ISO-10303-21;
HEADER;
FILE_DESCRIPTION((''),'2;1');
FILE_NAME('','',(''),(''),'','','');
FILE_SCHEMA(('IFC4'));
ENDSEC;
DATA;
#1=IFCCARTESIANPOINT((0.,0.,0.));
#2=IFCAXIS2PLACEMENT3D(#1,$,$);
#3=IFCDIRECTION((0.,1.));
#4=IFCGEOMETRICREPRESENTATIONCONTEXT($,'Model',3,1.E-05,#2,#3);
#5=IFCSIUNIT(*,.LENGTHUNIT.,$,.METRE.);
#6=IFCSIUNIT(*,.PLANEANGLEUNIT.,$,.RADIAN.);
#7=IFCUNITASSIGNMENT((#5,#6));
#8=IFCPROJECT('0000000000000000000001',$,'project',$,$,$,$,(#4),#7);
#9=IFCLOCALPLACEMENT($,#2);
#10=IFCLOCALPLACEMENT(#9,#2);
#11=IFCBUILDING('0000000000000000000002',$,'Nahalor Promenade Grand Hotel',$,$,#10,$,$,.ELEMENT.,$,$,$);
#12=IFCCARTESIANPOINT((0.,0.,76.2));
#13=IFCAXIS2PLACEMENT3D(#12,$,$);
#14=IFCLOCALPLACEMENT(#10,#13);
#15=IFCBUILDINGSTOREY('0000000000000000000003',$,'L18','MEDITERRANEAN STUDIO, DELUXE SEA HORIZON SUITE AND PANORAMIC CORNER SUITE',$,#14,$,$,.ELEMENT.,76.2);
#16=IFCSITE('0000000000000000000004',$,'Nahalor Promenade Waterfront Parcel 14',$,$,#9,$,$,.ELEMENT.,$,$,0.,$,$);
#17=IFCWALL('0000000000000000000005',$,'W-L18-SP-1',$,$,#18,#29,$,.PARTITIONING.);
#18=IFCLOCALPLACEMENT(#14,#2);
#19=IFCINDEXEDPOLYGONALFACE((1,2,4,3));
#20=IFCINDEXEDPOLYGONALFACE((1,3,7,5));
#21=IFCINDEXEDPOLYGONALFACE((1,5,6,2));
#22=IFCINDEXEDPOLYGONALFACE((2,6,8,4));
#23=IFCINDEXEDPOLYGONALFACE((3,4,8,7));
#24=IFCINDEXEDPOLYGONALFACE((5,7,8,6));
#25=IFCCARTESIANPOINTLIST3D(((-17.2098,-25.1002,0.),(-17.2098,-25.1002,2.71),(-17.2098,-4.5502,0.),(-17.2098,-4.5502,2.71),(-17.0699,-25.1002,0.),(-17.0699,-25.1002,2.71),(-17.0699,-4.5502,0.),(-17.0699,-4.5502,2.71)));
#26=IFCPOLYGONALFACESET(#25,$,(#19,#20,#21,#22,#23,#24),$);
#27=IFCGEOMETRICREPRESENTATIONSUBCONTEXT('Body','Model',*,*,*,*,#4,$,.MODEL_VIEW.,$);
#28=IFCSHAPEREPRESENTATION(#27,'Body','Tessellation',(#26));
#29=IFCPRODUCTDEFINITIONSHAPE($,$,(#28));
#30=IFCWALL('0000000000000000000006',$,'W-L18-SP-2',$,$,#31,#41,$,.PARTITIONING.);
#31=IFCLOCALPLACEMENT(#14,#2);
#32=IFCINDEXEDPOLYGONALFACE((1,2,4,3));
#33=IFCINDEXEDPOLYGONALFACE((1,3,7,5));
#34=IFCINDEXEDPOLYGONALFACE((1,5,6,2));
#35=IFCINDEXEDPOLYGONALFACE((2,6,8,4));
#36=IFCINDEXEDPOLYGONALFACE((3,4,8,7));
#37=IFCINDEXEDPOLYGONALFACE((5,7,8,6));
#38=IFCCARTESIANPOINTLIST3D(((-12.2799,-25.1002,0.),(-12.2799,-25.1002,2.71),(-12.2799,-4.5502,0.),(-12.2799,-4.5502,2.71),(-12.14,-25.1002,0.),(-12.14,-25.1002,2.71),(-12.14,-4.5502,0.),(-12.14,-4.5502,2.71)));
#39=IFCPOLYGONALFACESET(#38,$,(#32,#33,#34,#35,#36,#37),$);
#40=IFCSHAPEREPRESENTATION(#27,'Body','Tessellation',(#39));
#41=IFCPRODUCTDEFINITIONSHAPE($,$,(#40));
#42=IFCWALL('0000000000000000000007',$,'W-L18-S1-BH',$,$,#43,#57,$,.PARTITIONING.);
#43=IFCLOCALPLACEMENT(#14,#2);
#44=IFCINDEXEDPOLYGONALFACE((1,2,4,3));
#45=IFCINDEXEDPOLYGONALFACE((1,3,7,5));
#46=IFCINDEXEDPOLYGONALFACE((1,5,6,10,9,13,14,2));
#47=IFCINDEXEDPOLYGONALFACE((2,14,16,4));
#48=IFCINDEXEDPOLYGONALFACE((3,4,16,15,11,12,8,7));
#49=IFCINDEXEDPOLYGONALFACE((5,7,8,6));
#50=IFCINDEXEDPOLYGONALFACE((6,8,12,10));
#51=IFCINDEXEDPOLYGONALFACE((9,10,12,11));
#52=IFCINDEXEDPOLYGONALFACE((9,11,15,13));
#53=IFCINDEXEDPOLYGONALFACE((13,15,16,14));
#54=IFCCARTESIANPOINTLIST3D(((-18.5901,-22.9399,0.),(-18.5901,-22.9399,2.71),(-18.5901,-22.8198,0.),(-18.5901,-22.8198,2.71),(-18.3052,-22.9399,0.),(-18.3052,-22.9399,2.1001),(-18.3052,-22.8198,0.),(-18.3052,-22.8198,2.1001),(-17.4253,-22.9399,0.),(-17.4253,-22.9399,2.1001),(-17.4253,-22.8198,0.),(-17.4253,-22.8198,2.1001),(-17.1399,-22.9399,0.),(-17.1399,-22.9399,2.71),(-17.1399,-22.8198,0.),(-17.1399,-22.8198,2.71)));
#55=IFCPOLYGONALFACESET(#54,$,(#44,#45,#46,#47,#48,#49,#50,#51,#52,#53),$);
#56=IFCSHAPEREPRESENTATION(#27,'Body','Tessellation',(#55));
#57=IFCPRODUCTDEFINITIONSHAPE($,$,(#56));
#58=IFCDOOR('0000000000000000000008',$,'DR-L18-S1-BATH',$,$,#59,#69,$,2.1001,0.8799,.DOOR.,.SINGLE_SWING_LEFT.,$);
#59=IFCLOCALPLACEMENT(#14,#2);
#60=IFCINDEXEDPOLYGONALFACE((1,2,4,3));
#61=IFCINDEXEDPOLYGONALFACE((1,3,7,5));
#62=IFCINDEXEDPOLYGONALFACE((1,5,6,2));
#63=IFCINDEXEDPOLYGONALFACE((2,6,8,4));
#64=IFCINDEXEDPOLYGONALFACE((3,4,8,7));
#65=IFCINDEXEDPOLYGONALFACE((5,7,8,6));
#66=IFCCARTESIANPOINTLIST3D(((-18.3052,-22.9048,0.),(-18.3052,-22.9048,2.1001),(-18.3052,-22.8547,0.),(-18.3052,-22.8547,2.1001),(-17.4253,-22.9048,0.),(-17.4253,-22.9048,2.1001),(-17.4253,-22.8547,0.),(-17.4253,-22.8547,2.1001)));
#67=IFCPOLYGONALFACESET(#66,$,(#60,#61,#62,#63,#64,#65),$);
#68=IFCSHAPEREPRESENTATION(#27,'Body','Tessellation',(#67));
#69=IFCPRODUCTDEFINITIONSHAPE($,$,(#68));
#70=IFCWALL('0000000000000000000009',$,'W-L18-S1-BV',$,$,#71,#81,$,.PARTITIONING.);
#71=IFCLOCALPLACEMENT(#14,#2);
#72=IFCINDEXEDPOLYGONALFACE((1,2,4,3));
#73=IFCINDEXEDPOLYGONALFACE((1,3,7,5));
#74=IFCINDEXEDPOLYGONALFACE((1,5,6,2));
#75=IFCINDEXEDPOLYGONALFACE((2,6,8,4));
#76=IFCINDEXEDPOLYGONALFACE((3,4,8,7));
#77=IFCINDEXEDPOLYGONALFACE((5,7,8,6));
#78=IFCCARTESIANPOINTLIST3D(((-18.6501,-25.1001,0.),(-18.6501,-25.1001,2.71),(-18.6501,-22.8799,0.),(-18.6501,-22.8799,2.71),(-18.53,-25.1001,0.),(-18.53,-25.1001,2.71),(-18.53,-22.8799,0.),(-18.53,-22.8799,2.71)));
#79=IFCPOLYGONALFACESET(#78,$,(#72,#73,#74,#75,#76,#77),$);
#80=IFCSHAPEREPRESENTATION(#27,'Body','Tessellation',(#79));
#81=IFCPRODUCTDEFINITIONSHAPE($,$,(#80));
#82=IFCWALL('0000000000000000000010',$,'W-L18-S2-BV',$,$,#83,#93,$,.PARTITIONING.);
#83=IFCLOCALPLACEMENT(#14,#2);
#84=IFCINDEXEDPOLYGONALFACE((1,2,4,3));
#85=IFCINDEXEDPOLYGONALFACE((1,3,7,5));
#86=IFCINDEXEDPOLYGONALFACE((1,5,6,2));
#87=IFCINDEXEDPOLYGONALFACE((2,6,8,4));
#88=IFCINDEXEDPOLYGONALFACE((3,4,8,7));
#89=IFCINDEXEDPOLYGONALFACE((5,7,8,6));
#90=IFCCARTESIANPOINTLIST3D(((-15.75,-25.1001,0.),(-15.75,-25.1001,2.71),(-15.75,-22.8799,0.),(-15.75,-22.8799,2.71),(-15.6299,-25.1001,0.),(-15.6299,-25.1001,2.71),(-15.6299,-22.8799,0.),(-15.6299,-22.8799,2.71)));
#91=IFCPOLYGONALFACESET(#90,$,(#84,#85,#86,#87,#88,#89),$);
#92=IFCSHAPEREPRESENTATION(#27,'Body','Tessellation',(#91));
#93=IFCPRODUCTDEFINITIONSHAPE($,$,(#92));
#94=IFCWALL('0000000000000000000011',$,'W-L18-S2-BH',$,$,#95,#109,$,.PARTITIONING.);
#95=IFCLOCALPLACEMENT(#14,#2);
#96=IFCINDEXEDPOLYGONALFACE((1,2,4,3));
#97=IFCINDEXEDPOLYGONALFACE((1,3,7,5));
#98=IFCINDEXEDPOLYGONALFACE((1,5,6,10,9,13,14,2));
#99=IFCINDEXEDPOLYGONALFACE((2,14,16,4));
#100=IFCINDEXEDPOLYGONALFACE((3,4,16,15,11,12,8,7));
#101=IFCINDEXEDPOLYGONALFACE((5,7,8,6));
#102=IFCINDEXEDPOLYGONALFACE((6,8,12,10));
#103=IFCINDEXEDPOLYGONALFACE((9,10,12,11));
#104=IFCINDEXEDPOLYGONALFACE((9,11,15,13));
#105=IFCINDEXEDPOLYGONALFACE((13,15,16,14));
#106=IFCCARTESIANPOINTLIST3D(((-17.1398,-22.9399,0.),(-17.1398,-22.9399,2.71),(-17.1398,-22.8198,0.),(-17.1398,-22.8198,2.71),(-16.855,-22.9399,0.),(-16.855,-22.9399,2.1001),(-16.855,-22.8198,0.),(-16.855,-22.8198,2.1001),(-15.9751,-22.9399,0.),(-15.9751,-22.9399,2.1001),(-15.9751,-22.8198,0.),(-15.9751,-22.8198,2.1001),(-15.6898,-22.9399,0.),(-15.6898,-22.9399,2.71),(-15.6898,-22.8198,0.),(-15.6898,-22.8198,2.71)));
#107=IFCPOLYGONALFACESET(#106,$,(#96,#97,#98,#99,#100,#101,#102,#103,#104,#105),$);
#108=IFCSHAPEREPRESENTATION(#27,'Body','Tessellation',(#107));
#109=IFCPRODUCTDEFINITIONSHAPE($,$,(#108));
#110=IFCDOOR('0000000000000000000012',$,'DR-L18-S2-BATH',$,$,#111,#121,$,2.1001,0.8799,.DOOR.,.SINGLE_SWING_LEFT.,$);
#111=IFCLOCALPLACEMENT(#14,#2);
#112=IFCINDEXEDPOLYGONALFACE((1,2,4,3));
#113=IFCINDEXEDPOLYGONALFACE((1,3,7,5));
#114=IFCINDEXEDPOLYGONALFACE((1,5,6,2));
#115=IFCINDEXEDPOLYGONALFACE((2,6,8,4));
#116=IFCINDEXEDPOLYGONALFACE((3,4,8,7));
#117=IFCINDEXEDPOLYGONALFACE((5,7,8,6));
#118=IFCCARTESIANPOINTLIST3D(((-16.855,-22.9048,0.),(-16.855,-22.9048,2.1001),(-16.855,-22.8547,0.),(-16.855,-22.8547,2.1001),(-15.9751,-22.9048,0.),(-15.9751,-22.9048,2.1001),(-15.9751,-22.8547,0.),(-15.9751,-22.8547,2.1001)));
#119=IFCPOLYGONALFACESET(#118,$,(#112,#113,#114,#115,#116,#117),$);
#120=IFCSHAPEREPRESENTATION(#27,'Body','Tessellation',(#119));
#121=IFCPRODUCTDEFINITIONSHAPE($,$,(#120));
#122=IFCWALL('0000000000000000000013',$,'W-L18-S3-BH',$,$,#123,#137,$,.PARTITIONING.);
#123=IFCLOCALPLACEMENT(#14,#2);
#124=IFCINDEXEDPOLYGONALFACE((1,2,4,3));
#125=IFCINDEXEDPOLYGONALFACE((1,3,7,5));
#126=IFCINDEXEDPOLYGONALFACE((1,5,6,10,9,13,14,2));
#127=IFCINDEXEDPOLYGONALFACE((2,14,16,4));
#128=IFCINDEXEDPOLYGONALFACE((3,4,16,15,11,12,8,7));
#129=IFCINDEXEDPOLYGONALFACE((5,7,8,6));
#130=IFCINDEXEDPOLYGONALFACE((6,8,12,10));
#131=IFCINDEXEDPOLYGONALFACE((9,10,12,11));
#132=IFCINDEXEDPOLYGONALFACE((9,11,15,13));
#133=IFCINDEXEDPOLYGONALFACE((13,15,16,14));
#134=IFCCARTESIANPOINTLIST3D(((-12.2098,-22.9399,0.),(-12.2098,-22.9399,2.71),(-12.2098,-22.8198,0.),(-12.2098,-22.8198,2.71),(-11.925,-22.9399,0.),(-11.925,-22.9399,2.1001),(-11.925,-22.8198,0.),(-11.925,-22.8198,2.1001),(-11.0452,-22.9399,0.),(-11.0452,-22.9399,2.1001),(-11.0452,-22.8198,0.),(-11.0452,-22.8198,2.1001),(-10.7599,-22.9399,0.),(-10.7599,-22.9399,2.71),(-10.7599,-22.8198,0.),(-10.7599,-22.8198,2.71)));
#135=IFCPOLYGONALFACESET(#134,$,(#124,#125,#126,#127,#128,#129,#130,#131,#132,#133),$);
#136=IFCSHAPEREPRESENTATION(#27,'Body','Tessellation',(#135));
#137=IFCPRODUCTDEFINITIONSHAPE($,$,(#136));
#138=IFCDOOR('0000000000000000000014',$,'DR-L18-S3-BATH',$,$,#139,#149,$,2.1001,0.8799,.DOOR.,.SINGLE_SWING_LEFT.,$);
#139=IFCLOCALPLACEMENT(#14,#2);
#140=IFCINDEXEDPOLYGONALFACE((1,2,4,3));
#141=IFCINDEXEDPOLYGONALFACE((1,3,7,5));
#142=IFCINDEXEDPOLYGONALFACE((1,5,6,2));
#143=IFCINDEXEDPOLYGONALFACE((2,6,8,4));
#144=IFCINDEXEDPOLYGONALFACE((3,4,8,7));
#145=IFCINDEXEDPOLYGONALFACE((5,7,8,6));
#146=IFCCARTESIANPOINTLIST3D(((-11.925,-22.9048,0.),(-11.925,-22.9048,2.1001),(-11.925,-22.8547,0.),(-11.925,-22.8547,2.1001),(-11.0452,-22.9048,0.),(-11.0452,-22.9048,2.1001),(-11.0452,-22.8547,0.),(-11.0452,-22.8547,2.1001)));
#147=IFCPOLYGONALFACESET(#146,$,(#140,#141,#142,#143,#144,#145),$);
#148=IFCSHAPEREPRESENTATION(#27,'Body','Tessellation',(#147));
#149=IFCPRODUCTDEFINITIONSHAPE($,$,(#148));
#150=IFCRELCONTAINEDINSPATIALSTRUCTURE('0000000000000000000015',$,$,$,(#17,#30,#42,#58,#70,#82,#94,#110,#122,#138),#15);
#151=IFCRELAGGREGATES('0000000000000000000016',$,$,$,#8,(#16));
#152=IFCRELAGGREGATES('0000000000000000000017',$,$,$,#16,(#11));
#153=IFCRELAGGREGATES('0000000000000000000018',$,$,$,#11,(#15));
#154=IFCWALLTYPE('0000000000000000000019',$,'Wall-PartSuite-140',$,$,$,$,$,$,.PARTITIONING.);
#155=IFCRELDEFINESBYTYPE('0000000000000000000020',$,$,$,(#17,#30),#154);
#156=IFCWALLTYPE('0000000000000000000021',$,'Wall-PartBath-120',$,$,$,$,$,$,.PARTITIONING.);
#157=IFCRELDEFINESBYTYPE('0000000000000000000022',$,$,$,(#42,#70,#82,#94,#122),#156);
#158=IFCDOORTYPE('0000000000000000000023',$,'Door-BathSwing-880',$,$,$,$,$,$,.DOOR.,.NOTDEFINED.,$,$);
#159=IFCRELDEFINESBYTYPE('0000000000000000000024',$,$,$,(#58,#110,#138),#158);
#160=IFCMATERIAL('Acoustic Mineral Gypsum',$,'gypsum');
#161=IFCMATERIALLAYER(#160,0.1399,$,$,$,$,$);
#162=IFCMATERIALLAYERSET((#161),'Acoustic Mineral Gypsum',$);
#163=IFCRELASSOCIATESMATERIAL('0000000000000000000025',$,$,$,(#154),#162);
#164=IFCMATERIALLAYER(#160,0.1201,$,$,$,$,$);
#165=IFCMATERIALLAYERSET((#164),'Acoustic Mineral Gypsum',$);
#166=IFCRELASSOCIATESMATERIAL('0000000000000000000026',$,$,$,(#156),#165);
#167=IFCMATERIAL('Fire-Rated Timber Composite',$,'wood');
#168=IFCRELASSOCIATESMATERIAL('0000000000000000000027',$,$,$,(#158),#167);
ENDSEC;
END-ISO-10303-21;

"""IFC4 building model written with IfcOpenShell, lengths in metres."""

from ifc_helpers import new_model, si_unit, direction, frame, frame_2d, origin, place, context, subcontext, project, spatial, rectangle, extrude, source, transform, mapped, material, layer, layer_set, type_object, element, fill, save


model = new_model("IFC4")

# Units and contexts
model_context = context("Model", 3, precision=1e-05, world=origin(), true_north=direction((0.0, 1.0)))
body_context = subcontext(model_context, "Body", "Model", "MODEL_VIEW")
ifc_project = project(units=[si_unit("LENGTHUNIT", "METRE"), si_unit("PLANEANGLEUNIT", "RADIAN")], contexts=[model_context])

# Site, building, storey
site_placement = place(None, origin())
site = spatial("IfcSite", under=ifc_project, at=site_placement, Name="Nahalor Promenade Waterfront Parcel 14", CompositionType="ELEMENT", RefElevation=0.0)
building_placement = place(site_placement, origin())
building = spatial("IfcBuilding", under=site, at=building_placement, Name="Nahalor Promenade Grand Hotel", CompositionType="ELEMENT")
storey_placement = place(building_placement, frame((0.0, 0.0, 76.2)))
storey = spatial("IfcBuildingStorey", under=building, at=storey_placement, Name="L18", Description="MEDITERRANEAN STUDIO, DELUXE SEA HORIZON SUITE AND PANORAMIC CORNER SUITE", CompositionType="ELEMENT", Elevation=76.2)

# Walls
ifc_material_1 = material(Name="Acoustic Mineral Gypsum", Category="gypsum")
ifc_layer_1 = layer(ifc_material_1, 0.1399)
ifc_layer_set_1 = layer_set([ifc_layer_1], Name="Acoustic Mineral Gypsum")
wall_type_1 = type_object("IfcWallType", Name="Wall-PartSuite-140", PredefinedType="PARTITIONING", material=ifc_layer_set_1)
shared_shape_1 = source(origin(), body_context, "Body", "SweptSolid", [
    extrude(rectangle(XDim=20.55, YDim=0.1399, at=frame_2d((10.2749, 0.0))), origin(), (0.0, 0.0, 1.0), 2.71),
])
for number, where, z_axis, x_axis, name in (
    (1, (-17.1399, -25.1001, 0.0), (0.0, 0.0, 1.0), (0.0, 1.0, 0.0), "W-L18-SP-1"),
    (2, (-12.21, -25.1001, 0.0), (0.0, 0.0, 1.0), (0.0, 1.0, 0.0), "W-L18-SP-2"),
):
    element("IfcWall", number, at=place(storey_placement, frame(where, z_axis=z_axis, x_axis=x_axis)), inside=storey, type_object=wall_type_1, Name=name, PredefinedType="PARTITIONING", context=body_context, shape_type="MappedRepresentation", body=[
        mapped(shared_shape_1, transform((0.0, 0.0, 0.0), scale=1.0)),
    ])

# Wall, opening, door
ifc_layer_2 = layer(ifc_material_1, 0.1201)
ifc_layer_set_2 = layer_set([ifc_layer_2], Name="Acoustic Mineral Gypsum")
wall_type_2 = type_object("IfcWallType", Name="Wall-PartBath-120", PredefinedType="PARTITIONING", material=ifc_layer_set_2)
shared_shape_2 = source(origin(), body_context, "Body", "SweptSolid", [
    extrude(rectangle(XDim=1.4502, YDim=0.1201, at=frame_2d((0.7251, 0.0))), origin(), (0.0, 0.0, 1.0), 2.71),
])
wall_1_placement = place(storey_placement, frame((-18.5901, -22.8799, 0.0), z_axis=(0.0, 0.0, 1.0), x_axis=(1.0, 0.0, 0.0)))
wall_1 = element("IfcWall", 3, at=wall_1_placement, inside=storey, type_object=wall_type_2, Name="W-L18-S1-BH", PredefinedType="PARTITIONING", context=body_context, shape_type="MappedRepresentation", body=[
    mapped(shared_shape_2, transform((0.0, 0.0, 0.0), scale=1.0)),
])
opening_1_placement = place(wall_1_placement, frame((0.2849, 0.0, 0.0)))
opening_1 = element("IfcOpeningElement", 4, at=opening_1_placement, cuts=wall_1, PredefinedType="OPENING", context=body_context, shape_type="SweptSolid", body=[
    extrude(rectangle(XDim=0.8799, YDim=2.1001, at=frame_2d((0.4399, 1.05))), frame((0.0, 0.0701, 0.0), z_axis=(0.0, -1.0, 0.0), x_axis=(1.0, 0.0, 0.0)), (0.0, 0.0, 1.0), 0.1401),
])
ifc_material_2 = material(Name="Fire-Rated Timber Composite", Category="wood")
door_type = type_object("IfcDoorType", Name="Door-BathSwing-880", OperationType="NOTDEFINED", PredefinedType="DOOR", material=ifc_material_2)
shared_shape_3 = source(origin(), body_context, "Body", "SweptSolid", [
    extrude(rectangle(XDim=0.8799, YDim=2.1001, at=frame_2d((0.4399, 1.05))), frame((0.0, 0.0249, 0.0), z_axis=(0.0, -1.0, 0.0), x_axis=(1.0, 0.0, 0.0)), (0.0, 0.0, 1.0), 0.05),
])
door_1_placement = place(opening_1_placement, frame((0.8799, 0.0, 0.0), z_axis=(0.0, 0.0, 1.0), x_axis=(-1.0, 0.0, 0.0)))
door_1 = element("IfcDoor", 5, at=door_1_placement, inside=storey, type_object=door_type, Name="DR-L18-S1-BATH", OperationType="SINGLE_SWING_LEFT", OverallHeight=2.1001, OverallWidth=0.8799, PredefinedType="DOOR", context=body_context, shape_type="MappedRepresentation", body=[
    mapped(shared_shape_3, transform((0.0, 0.0, 0.0), scale=1.0)),
])
fill(opening_1, door_1)

# Walls
shared_shape_4 = source(origin(), body_context, "Body", "SweptSolid", [
    extrude(rectangle(XDim=2.2202, YDim=0.1201, at=frame_2d((1.1101, 0.0))), origin(), (0.0, 0.0, 1.0), 2.71),
])
for number, where, z_axis, x_axis, name in (
    (6, (-18.5901, -25.1001, 0.0), (0.0, 0.0, 1.0), (0.0, 1.0, 0.0), "W-L18-S1-BV"),
    (7, (-15.6899, -25.1001, 0.0), (0.0, 0.0, 1.0), (0.0, 1.0, 0.0), "W-L18-S2-BV"),
):
    element("IfcWall", number, at=place(storey_placement, frame(where, z_axis=z_axis, x_axis=x_axis)), inside=storey, type_object=wall_type_2, Name=name, PredefinedType="PARTITIONING", context=body_context, shape_type="MappedRepresentation", body=[
        mapped(shared_shape_4, transform((0.0, 0.0, 0.0), scale=1.0)),
    ])

# Walls, openings, doors
shared_shape_5 = source(origin(), body_context, "Body", "SweptSolid", [
    extrude(rectangle(XDim=1.45, YDim=0.1201, at=frame_2d((0.7251, 0.0))), origin(), (0.0, 0.0, 1.0), 2.71),
])
wall_2_placement = place(storey_placement, frame((-17.1399, -22.8799, 0.0), z_axis=(0.0, 0.0, 1.0), x_axis=(1.0, 0.0, 0.0)))
wall_2 = element("IfcWall", 8, at=wall_2_placement, inside=storey, type_object=wall_type_2, Name="W-L18-S2-BH", PredefinedType="PARTITIONING", context=body_context, shape_type="MappedRepresentation", body=[
    mapped(shared_shape_5, transform((0.0, 0.0, 0.0), scale=1.0)),
])
opening_2_placement = place(wall_2_placement, frame((0.2849, 0.0, 0.0)))
opening_2 = element("IfcOpeningElement", 9, at=opening_2_placement, cuts=wall_2, PredefinedType="OPENING", context=body_context, shape_type="SweptSolid", body=[
    extrude(rectangle(XDim=0.8799, YDim=2.1001, at=frame_2d((0.4399, 1.05))), frame((0.0, 0.0701, 0.0), z_axis=(0.0, -1.0, 0.0), x_axis=(1.0, 0.0, 0.0)), (0.0, 0.0, 1.0), 0.1401),
])
door_2_placement = place(opening_2_placement, frame((0.8799, 0.0, 0.0), z_axis=(0.0, 0.0, 1.0), x_axis=(-1.0, 0.0, 0.0)))
door_2 = element("IfcDoor", 10, at=door_2_placement, inside=storey, type_object=door_type, Name="DR-L18-S2-BATH", OperationType="SINGLE_SWING_LEFT", OverallHeight=2.1001, OverallWidth=0.8799, PredefinedType="DOOR", context=body_context, shape_type="MappedRepresentation", body=[
    mapped(shared_shape_3, transform((0.0, 0.0, 0.0), scale=1.0)),
])
fill(opening_2, door_2)
wall_3_placement = place(storey_placement, frame((-12.21, -22.8799, 0.0), z_axis=(0.0, 0.0, 1.0), x_axis=(1.0, 0.0, 0.0)))
wall_3 = element("IfcWall", 11, at=wall_3_placement, inside=storey, type_object=wall_type_2, Name="W-L18-S3-BH", PredefinedType="PARTITIONING", context=body_context, shape_type="MappedRepresentation", body=[
    mapped(shared_shape_5, transform((0.0, 0.0, 0.0), scale=1.0)),
])
opening_3_placement = place(wall_3_placement, frame((0.2849, 0.0, 0.0)))
opening_3 = element("IfcOpeningElement", 12, at=opening_3_placement, cuts=wall_3, PredefinedType="OPENING", context=body_context, shape_type="SweptSolid", body=[
    extrude(rectangle(XDim=0.8799, YDim=2.1001, at=frame_2d((0.4399, 1.05))), frame((0.0, 0.0701, 0.0), z_axis=(0.0, -1.0, 0.0), x_axis=(1.0, 0.0, 0.0)), (0.0, 0.0, 1.0), 0.1401),
])
door_3_placement = place(opening_3_placement, frame((0.8799, 0.0, 0.0), z_axis=(0.0, 0.0, 1.0), x_axis=(-1.0, 0.0, 0.0)))
door_3 = element("IfcDoor", 13, at=door_3_placement, inside=storey, type_object=door_type, Name="DR-L18-S3-BATH", OperationType="SINGLE_SWING_LEFT", OverallHeight=2.1001, OverallWidth=0.8799, PredefinedType="DOOR", context=body_context, shape_type="MappedRepresentation", body=[
    mapped(shared_shape_3, transform((0.0, 0.0, 0.0), scale=1.0)),
])
fill(opening_3, door_3)

save(model, "model.ifc")
